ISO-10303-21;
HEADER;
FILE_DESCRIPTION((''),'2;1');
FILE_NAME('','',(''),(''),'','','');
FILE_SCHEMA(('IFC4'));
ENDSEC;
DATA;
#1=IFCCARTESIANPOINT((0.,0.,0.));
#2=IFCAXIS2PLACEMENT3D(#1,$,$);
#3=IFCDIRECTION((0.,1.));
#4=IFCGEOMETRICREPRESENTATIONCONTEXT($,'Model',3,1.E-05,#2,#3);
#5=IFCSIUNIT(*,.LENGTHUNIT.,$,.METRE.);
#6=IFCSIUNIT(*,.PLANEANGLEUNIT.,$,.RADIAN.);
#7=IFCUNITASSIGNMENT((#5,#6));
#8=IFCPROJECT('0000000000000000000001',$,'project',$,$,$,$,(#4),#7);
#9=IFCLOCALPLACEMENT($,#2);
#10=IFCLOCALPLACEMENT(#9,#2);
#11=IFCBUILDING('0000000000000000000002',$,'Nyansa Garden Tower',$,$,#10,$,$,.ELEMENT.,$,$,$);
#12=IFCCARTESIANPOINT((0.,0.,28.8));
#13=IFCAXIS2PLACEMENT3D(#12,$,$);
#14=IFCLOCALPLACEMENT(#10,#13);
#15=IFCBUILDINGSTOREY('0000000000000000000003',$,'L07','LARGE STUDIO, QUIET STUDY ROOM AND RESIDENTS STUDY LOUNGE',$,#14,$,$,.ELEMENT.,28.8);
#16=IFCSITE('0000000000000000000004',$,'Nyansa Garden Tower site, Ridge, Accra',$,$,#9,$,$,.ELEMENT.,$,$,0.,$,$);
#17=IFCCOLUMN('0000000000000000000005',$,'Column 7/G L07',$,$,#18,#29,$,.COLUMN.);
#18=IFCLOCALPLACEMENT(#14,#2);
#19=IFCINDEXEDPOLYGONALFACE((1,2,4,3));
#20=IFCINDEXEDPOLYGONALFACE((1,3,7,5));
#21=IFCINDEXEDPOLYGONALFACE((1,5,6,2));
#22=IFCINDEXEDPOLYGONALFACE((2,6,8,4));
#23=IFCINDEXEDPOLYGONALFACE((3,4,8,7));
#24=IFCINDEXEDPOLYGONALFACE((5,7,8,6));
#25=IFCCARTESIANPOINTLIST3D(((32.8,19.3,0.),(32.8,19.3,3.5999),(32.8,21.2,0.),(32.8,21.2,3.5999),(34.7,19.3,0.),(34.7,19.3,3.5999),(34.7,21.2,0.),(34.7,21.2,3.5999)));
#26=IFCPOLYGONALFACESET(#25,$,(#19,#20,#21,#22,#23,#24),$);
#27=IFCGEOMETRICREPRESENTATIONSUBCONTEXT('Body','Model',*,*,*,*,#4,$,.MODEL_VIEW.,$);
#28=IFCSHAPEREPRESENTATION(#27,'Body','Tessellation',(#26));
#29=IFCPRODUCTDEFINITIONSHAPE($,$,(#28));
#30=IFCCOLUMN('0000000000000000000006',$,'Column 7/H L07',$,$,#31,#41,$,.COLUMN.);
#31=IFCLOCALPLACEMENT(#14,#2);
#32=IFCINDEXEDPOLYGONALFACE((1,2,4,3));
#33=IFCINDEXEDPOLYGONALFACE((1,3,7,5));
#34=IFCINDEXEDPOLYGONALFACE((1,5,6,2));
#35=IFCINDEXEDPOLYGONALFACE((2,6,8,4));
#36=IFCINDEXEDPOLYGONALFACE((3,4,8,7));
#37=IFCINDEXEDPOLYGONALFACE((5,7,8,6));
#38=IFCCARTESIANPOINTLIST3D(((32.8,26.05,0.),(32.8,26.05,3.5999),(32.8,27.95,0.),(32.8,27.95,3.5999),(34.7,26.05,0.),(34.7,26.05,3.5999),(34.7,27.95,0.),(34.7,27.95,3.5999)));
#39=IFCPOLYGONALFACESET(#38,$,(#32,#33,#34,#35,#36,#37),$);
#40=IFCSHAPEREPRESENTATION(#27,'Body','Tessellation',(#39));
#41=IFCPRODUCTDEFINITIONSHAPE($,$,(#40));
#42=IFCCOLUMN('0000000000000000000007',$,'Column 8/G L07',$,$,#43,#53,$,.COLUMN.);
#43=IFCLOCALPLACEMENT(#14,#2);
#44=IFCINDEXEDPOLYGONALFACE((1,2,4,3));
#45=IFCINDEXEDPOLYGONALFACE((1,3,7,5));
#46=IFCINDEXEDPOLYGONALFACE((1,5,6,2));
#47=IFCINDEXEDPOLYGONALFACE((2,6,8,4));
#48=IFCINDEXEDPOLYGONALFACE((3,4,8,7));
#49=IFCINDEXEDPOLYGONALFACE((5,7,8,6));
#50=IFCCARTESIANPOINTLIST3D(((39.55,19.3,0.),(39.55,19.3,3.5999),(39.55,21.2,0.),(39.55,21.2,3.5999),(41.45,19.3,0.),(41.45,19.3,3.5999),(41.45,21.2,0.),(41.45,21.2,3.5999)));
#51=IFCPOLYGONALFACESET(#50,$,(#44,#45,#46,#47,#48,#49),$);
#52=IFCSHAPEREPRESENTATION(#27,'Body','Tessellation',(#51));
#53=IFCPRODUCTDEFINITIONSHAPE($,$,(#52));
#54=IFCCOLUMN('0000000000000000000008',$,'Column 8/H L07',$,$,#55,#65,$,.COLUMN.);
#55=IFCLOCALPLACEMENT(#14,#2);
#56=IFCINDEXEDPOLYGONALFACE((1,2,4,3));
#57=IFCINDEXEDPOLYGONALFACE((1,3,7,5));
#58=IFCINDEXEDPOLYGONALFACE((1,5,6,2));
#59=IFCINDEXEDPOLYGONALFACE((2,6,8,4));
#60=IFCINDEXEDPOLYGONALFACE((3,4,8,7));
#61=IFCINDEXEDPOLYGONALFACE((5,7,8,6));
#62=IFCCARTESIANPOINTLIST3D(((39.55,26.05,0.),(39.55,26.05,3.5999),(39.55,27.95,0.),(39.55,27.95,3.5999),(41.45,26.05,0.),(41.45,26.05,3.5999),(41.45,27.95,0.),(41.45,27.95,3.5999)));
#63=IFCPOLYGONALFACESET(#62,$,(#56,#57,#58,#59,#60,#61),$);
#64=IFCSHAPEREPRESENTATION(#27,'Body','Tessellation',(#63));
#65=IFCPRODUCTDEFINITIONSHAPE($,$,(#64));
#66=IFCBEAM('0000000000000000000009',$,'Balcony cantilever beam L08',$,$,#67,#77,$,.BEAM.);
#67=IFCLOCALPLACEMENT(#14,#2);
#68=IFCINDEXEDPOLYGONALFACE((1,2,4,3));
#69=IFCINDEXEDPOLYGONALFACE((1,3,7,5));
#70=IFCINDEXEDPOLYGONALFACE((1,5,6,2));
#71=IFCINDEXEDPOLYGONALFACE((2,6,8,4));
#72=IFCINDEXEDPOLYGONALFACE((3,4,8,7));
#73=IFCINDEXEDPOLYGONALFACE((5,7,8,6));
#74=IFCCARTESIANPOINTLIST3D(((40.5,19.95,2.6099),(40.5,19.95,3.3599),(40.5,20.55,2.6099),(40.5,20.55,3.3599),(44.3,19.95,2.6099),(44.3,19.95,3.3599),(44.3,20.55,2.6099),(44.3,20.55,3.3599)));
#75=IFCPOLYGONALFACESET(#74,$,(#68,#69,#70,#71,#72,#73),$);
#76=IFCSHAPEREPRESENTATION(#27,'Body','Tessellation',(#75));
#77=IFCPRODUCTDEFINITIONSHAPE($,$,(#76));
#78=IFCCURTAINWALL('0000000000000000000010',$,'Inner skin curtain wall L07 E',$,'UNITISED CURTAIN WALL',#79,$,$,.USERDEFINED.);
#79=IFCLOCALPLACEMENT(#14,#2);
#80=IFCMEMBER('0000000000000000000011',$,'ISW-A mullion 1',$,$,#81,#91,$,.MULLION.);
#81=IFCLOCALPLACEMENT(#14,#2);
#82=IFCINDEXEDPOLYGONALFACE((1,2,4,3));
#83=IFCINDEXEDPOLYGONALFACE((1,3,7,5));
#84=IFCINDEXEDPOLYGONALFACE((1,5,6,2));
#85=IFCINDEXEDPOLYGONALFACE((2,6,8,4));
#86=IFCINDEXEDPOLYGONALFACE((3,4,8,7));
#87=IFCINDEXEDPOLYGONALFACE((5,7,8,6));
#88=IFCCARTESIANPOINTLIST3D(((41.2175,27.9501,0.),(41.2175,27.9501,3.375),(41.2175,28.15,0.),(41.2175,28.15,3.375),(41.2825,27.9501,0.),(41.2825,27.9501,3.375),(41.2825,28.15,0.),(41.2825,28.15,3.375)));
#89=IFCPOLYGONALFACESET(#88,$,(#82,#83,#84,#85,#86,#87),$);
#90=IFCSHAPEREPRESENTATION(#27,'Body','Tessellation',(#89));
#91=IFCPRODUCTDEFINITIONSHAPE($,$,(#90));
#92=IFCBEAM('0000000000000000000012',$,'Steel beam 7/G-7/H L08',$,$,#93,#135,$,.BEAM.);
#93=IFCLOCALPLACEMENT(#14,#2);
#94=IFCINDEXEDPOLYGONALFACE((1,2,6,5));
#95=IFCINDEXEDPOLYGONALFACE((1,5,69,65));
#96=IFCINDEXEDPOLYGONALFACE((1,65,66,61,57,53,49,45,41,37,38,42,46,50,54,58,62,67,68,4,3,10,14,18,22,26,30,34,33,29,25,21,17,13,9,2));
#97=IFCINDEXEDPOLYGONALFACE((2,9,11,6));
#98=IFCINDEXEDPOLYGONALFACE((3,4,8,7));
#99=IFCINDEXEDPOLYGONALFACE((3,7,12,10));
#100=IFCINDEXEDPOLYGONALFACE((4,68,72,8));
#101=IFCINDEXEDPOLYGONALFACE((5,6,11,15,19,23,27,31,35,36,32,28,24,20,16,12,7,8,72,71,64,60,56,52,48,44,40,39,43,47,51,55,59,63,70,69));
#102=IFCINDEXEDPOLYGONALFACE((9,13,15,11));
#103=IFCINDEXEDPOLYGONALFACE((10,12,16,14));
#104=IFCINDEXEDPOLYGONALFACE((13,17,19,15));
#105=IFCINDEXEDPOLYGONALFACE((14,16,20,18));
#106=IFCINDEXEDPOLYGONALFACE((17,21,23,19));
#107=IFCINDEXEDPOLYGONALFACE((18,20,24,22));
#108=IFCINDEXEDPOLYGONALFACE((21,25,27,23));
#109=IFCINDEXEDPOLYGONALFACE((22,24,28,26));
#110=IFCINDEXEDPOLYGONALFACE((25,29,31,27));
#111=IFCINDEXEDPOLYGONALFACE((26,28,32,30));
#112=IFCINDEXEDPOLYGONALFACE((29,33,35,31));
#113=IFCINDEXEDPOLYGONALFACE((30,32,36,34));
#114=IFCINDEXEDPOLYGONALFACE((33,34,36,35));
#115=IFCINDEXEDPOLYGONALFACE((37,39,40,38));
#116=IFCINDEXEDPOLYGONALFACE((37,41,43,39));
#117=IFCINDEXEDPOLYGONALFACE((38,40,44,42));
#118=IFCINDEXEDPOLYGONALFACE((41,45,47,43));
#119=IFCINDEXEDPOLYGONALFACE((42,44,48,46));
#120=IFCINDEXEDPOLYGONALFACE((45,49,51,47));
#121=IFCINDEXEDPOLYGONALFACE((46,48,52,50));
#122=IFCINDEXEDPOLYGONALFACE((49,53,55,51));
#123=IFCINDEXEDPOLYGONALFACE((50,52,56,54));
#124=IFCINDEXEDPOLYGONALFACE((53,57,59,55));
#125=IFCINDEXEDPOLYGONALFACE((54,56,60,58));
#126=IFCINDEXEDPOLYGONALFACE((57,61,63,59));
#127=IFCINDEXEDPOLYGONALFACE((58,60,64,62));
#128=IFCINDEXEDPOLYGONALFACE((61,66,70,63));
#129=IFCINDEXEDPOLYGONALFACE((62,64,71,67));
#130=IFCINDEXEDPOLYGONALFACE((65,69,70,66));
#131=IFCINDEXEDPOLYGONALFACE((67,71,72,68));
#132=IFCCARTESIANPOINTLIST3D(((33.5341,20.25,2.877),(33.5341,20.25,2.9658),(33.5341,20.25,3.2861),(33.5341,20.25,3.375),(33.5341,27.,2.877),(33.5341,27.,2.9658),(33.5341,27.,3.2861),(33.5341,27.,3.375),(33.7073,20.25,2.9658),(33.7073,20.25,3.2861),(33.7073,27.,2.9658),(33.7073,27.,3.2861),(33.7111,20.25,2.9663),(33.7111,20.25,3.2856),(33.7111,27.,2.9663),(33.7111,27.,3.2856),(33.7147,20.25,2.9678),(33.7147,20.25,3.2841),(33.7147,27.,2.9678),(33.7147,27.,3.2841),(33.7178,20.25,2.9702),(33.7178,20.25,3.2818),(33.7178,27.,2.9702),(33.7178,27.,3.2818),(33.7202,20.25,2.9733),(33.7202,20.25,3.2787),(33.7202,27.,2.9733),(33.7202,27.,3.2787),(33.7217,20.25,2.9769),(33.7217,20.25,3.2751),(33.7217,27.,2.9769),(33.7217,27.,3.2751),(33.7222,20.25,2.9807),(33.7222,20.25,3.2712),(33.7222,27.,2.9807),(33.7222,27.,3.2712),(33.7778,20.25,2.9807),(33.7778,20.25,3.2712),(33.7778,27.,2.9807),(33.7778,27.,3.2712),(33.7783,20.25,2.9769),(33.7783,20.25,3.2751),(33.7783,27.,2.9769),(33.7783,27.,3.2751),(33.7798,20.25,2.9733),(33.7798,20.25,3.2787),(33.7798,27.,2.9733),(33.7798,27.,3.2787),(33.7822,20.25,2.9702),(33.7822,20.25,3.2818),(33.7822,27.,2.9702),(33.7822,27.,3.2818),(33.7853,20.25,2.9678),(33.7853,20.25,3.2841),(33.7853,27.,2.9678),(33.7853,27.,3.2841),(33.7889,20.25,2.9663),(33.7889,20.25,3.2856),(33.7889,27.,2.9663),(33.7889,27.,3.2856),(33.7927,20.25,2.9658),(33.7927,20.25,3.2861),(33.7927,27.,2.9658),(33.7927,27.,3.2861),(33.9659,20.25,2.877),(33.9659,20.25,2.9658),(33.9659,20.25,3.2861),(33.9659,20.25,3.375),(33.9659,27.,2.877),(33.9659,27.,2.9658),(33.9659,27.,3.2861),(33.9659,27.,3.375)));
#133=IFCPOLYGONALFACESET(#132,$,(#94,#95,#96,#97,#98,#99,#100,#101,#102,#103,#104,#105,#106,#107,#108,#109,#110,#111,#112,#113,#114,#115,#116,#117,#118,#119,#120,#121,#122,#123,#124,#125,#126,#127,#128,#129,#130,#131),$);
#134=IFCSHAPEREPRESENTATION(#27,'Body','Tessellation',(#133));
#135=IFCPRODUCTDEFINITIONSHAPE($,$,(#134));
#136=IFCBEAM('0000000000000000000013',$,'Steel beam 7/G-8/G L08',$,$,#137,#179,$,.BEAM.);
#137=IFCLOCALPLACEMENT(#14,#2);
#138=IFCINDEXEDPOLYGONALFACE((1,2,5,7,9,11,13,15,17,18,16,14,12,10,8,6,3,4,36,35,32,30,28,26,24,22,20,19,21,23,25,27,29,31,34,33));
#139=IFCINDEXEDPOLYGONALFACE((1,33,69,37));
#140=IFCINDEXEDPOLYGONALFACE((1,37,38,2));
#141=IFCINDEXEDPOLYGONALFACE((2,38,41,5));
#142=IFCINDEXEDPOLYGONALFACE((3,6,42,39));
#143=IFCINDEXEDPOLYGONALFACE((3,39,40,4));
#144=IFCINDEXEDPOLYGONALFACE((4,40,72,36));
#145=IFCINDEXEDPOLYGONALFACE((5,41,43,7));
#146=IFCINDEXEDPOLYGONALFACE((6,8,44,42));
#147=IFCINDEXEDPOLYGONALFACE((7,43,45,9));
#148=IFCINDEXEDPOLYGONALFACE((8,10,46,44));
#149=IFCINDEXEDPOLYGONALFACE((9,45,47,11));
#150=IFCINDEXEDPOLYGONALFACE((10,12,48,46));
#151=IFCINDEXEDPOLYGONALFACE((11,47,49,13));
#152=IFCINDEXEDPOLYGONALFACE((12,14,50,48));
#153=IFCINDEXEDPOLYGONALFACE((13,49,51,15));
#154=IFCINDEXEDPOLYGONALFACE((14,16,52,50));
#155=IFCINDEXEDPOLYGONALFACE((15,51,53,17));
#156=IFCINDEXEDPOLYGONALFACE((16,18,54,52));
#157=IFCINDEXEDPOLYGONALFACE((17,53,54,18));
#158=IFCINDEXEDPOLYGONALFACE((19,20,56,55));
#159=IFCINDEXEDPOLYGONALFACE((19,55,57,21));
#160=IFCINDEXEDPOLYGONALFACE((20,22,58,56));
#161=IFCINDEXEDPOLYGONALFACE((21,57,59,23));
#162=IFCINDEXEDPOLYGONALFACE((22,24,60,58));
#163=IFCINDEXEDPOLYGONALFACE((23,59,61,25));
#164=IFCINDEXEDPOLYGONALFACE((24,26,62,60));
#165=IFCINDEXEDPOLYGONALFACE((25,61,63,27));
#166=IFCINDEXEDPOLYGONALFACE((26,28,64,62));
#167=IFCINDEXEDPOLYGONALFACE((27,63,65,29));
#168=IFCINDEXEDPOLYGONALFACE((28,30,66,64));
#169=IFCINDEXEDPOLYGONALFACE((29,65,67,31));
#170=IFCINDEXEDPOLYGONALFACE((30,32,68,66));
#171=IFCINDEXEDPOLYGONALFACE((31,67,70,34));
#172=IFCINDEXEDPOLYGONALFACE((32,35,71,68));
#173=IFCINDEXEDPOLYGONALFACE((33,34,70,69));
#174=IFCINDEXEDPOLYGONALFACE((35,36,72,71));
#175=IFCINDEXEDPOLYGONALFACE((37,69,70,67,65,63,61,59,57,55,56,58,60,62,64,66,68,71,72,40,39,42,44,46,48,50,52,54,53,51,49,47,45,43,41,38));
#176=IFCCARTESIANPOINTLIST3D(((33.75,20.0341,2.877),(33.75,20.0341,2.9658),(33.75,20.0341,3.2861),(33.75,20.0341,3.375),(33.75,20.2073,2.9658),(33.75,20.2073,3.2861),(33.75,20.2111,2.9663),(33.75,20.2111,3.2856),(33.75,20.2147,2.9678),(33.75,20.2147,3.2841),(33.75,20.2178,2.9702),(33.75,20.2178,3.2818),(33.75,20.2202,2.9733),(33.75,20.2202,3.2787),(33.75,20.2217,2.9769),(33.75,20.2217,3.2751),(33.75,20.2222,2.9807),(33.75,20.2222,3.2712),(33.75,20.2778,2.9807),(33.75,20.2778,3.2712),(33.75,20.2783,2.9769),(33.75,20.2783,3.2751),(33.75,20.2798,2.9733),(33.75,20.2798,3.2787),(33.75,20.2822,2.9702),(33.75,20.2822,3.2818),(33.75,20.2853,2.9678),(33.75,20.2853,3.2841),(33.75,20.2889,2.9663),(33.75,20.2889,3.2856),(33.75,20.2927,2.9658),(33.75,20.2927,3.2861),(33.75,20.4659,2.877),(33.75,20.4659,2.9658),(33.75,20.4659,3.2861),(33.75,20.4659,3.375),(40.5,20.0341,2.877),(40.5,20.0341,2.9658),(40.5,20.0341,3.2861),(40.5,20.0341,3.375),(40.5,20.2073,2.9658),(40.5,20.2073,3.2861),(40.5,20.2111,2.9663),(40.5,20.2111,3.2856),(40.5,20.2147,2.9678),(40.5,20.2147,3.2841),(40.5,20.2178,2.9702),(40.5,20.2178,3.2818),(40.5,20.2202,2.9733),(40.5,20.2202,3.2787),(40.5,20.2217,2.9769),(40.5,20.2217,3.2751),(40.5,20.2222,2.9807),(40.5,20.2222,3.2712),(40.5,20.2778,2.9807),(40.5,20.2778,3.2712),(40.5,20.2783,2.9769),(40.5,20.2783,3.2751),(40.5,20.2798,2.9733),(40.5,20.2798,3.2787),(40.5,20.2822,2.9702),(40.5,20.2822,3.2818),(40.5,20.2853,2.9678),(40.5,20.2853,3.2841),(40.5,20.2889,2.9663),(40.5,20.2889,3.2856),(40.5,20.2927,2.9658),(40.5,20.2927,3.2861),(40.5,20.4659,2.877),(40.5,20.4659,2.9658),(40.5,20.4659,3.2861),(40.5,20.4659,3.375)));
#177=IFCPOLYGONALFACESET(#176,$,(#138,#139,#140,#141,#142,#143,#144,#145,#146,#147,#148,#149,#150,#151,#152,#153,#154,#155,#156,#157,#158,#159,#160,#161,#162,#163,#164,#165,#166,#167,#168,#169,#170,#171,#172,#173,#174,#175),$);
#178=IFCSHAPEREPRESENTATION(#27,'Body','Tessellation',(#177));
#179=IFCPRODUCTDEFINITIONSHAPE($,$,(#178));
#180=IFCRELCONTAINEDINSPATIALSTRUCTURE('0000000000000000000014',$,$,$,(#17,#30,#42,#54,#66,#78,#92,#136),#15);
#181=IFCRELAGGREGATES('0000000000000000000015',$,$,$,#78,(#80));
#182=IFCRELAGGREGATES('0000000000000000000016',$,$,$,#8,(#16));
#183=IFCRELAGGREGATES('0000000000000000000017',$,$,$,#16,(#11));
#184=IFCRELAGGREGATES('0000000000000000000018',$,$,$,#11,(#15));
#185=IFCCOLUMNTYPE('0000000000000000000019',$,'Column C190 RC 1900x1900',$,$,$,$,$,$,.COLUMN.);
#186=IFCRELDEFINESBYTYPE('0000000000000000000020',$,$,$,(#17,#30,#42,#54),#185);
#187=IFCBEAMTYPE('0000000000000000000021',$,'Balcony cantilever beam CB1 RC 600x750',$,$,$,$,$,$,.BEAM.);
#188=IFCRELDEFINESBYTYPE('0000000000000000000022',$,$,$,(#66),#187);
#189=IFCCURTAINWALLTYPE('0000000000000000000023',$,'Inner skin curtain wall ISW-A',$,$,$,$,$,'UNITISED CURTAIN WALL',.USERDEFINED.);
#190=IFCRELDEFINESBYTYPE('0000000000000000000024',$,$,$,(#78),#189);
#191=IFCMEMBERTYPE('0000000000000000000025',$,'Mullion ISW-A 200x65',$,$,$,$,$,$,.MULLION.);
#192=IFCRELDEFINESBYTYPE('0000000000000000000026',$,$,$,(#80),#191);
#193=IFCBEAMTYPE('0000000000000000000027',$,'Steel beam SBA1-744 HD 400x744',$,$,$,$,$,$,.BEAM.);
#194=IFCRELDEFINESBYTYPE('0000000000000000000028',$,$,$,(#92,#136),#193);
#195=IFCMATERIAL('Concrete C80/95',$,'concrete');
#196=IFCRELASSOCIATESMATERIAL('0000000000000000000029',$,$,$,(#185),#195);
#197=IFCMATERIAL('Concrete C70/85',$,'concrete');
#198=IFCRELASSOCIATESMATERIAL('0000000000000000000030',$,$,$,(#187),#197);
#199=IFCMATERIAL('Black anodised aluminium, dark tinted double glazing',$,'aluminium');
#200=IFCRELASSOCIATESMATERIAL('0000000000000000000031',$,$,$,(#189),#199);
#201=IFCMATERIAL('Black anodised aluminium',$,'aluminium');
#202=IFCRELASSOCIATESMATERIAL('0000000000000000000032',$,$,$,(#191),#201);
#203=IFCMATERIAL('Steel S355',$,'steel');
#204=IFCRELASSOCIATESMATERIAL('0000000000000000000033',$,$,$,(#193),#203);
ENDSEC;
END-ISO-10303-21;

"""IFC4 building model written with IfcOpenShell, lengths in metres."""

from ifc_helpers import new_model, si_unit, direction, frame, origin, origin_2d, place, context, subcontext, project, spatial, rectangle, i_section, extrude, material, material_profile, profile_set, type_object, element, aggregate, save


model = new_model("IFC4")

# Units and contexts
model_context = context("Model", 3, precision=1e-05, world=origin(), true_north=direction((0.0, 1.0)))
body_context = subcontext(model_context, "Body", "Model", "MODEL_VIEW")
ifc_project = project(units=[si_unit("LENGTHUNIT", "METRE"), si_unit("PLANEANGLEUNIT", "RADIAN")], contexts=[model_context])

# Site, building, storey
site_placement = place(None, origin())
site = spatial("IfcSite", under=ifc_project, at=site_placement, Name="Nyansa Garden Tower site, Ridge, Accra", CompositionType="ELEMENT", RefElevation=0.0)
building_placement = place(site_placement, origin())
building = spatial("IfcBuilding", under=site, at=building_placement, Name="Nyansa Garden Tower", CompositionType="ELEMENT")
storey_placement = place(building_placement, frame((0.0, 0.0, 28.8)))
storey = spatial("IfcBuildingStorey", under=building, at=storey_placement, Name="L07", Description="LARGE STUDIO, QUIET STUDY ROOM AND RESIDENTS STUDY LOUNGE", CompositionType="ELEMENT", Elevation=28.8)

# Columns
ifc_material_1 = material(Name="Concrete C80/95", Category="concrete")
ifc_material_profile_1 = material_profile(ifc_material_1, rectangle(XDim=1.8999, YDim=1.8999, at=origin_2d()), Name="RC 1900x1900")
ifc_profile_set_1 = profile_set([ifc_material_profile_1], Name="Concrete C80/95")
column_type = type_object("IfcColumnType", Name="Column C190 RC 1900x1900", PredefinedType="COLUMN", material=ifc_profile_set_1)
for number, where, z_axis, x_axis, name in (
    (1, (33.75, 20.25, 0.0), (0.0, 0.0, 1.0), (1.0, 0.0, 0.0), "Column 7/G L07"),
    (2, (33.75, 27.0, 0.0), (0.0, 0.0, 1.0), (1.0, 0.0, 0.0), "Column 7/H L07"),
    (3, (40.5, 20.25, 0.0), (0.0, 0.0, 1.0), (1.0, 0.0, 0.0), "Column 8/G L07"),
    (4, (40.5, 27.0, 0.0), (0.0, 0.0, 1.0), (1.0, 0.0, 0.0), "Column 8/H L07"),
):
    element("IfcColumn", number, at=place(storey_placement, frame(where, z_axis=z_axis, x_axis=x_axis)), inside=storey, type_object=column_type, Name=name, PredefinedType="COLUMN", context=body_context, shape_type="SweptSolid", body=[
        extrude(rectangle(XDim=1.8999, YDim=1.8999, at=origin_2d()), origin(), (0.0, 0.0, 1.0), 3.5999),
    ])

# Beam
ifc_material_2 = material(Name="Concrete C70/85", Category="concrete")
ifc_material_profile_2 = material_profile(ifc_material_2, rectangle(XDim=0.6001, YDim=0.75, at=origin_2d()), Name="RC 600x750")
ifc_profile_set_2 = profile_set([ifc_material_profile_2], Name="Concrete C70/85")
beam_type_1 = type_object("IfcBeamType", Name="Balcony cantilever beam CB1 RC 600x750", PredefinedType="BEAM", material=ifc_profile_set_2)
beam_1_placement = place(storey_placement, frame((40.5, 20.25, 2.9849), z_axis=(1.0, 0.0, 0.0), x_axis=(0.0, 1.0, 0.0)))
element("IfcBeam", 5, at=beam_1_placement, inside=storey, type_object=beam_type_1, Name="Balcony cantilever beam L08", PredefinedType="BEAM", context=body_context, shape_type="SweptSolid", body=[
    extrude(rectangle(XDim=0.6001, YDim=0.75, at=origin_2d()), origin(), (0.0, 0.0, 1.0), 3.8),
])

# Curtain wall, member
ifc_material_3 = material(Name="Black anodised aluminium, dark tinted double glazing", Category="aluminium")
curtain_wall_type = type_object("IfcCurtainWallType", Name="Inner skin curtain wall ISW-A", ElementType="UNITISED CURTAIN WALL", PredefinedType="USERDEFINED", material=ifc_material_3)
curtain_wall_placement = place(storey_placement, origin())
curtain_wall = element("IfcCurtainWall", 6, at=curtain_wall_placement, inside=storey, type_object=curtain_wall_type, Name="Inner skin curtain wall L07 E", ObjectType="UNITISED CURTAIN WALL", PredefinedType="USERDEFINED")
ifc_material_4 = material(Name="Black anodised aluminium", Category="aluminium")
ifc_material_profile_3 = material_profile(ifc_material_4, rectangle(XDim=0.0649, YDim=0.2, at=origin_2d()), Name="Mullion 200x65")
ifc_profile_set_3 = profile_set([ifc_material_profile_3], Name="Black anodised aluminium")
member_type_1 = type_object("IfcMemberType", Name="Mullion ISW-A 200x65", PredefinedType="MULLION", material=ifc_profile_set_3)
member_1_placement = place(storey_placement, frame((41.25, 28.05, 0.0), z_axis=(0.0, 0.0, 1.0), x_axis=(-1.0, 0.0, 0.0)))
member_1 = element("IfcMember", 7, at=member_1_placement, type_object=member_type_1, Name="ISW-A mullion 1", PredefinedType="MULLION", context=body_context, shape_type="SweptSolid", body=[
    extrude(rectangle(XDim=0.0649, YDim=0.2, at=origin_2d()), origin(), (0.0, 0.0, 1.0), 3.375),
])

# Beams
ifc_material_5 = material(Name="Steel S355", Category="steel")
ifc_material_profile_4 = material_profile(ifc_material_5, i_section(OverallWidth=0.4319, OverallDepth=0.498, WebThickness=0.0557, FlangeThickness=0.0889, FilletRadius=0.0149, at=origin_2d()), Name="HD 400x744")
ifc_profile_set_4 = profile_set([ifc_material_profile_4], Name="Steel S355")
beam_type_2 = type_object("IfcBeamType", Name="Steel beam SBA1-744 HD 400x744", PredefinedType="BEAM", material=ifc_profile_set_4)
for number, where, z_axis, x_axis, name in (
    (8, (33.75, 20.25, 3.126), (0.0, 1.0, 0.0), (-1.0, 0.0, 0.0), "Steel beam 7/G-7/H L08"),
    (9, (33.75, 20.25, 3.126), (1.0, 0.0, 0.0), (0.0, 1.0, 0.0), "Steel beam 7/G-8/G L08"),
):
    element("IfcBeam", number, at=place(storey_placement, frame(where, z_axis=z_axis, x_axis=x_axis)), inside=storey, type_object=beam_type_2, Name=name, PredefinedType="BEAM", context=body_context, shape_type="SweptSolid", body=[
        extrude(i_section(OverallWidth=0.4319, OverallDepth=0.498, WebThickness=0.0557, FlangeThickness=0.0889, FilletRadius=0.0149, at=origin_2d()), origin(), (0.0, 0.0, 1.0), 6.75),
    ])

aggregate(curtain_wall, [member_1])

save(model, "model.ifc")
